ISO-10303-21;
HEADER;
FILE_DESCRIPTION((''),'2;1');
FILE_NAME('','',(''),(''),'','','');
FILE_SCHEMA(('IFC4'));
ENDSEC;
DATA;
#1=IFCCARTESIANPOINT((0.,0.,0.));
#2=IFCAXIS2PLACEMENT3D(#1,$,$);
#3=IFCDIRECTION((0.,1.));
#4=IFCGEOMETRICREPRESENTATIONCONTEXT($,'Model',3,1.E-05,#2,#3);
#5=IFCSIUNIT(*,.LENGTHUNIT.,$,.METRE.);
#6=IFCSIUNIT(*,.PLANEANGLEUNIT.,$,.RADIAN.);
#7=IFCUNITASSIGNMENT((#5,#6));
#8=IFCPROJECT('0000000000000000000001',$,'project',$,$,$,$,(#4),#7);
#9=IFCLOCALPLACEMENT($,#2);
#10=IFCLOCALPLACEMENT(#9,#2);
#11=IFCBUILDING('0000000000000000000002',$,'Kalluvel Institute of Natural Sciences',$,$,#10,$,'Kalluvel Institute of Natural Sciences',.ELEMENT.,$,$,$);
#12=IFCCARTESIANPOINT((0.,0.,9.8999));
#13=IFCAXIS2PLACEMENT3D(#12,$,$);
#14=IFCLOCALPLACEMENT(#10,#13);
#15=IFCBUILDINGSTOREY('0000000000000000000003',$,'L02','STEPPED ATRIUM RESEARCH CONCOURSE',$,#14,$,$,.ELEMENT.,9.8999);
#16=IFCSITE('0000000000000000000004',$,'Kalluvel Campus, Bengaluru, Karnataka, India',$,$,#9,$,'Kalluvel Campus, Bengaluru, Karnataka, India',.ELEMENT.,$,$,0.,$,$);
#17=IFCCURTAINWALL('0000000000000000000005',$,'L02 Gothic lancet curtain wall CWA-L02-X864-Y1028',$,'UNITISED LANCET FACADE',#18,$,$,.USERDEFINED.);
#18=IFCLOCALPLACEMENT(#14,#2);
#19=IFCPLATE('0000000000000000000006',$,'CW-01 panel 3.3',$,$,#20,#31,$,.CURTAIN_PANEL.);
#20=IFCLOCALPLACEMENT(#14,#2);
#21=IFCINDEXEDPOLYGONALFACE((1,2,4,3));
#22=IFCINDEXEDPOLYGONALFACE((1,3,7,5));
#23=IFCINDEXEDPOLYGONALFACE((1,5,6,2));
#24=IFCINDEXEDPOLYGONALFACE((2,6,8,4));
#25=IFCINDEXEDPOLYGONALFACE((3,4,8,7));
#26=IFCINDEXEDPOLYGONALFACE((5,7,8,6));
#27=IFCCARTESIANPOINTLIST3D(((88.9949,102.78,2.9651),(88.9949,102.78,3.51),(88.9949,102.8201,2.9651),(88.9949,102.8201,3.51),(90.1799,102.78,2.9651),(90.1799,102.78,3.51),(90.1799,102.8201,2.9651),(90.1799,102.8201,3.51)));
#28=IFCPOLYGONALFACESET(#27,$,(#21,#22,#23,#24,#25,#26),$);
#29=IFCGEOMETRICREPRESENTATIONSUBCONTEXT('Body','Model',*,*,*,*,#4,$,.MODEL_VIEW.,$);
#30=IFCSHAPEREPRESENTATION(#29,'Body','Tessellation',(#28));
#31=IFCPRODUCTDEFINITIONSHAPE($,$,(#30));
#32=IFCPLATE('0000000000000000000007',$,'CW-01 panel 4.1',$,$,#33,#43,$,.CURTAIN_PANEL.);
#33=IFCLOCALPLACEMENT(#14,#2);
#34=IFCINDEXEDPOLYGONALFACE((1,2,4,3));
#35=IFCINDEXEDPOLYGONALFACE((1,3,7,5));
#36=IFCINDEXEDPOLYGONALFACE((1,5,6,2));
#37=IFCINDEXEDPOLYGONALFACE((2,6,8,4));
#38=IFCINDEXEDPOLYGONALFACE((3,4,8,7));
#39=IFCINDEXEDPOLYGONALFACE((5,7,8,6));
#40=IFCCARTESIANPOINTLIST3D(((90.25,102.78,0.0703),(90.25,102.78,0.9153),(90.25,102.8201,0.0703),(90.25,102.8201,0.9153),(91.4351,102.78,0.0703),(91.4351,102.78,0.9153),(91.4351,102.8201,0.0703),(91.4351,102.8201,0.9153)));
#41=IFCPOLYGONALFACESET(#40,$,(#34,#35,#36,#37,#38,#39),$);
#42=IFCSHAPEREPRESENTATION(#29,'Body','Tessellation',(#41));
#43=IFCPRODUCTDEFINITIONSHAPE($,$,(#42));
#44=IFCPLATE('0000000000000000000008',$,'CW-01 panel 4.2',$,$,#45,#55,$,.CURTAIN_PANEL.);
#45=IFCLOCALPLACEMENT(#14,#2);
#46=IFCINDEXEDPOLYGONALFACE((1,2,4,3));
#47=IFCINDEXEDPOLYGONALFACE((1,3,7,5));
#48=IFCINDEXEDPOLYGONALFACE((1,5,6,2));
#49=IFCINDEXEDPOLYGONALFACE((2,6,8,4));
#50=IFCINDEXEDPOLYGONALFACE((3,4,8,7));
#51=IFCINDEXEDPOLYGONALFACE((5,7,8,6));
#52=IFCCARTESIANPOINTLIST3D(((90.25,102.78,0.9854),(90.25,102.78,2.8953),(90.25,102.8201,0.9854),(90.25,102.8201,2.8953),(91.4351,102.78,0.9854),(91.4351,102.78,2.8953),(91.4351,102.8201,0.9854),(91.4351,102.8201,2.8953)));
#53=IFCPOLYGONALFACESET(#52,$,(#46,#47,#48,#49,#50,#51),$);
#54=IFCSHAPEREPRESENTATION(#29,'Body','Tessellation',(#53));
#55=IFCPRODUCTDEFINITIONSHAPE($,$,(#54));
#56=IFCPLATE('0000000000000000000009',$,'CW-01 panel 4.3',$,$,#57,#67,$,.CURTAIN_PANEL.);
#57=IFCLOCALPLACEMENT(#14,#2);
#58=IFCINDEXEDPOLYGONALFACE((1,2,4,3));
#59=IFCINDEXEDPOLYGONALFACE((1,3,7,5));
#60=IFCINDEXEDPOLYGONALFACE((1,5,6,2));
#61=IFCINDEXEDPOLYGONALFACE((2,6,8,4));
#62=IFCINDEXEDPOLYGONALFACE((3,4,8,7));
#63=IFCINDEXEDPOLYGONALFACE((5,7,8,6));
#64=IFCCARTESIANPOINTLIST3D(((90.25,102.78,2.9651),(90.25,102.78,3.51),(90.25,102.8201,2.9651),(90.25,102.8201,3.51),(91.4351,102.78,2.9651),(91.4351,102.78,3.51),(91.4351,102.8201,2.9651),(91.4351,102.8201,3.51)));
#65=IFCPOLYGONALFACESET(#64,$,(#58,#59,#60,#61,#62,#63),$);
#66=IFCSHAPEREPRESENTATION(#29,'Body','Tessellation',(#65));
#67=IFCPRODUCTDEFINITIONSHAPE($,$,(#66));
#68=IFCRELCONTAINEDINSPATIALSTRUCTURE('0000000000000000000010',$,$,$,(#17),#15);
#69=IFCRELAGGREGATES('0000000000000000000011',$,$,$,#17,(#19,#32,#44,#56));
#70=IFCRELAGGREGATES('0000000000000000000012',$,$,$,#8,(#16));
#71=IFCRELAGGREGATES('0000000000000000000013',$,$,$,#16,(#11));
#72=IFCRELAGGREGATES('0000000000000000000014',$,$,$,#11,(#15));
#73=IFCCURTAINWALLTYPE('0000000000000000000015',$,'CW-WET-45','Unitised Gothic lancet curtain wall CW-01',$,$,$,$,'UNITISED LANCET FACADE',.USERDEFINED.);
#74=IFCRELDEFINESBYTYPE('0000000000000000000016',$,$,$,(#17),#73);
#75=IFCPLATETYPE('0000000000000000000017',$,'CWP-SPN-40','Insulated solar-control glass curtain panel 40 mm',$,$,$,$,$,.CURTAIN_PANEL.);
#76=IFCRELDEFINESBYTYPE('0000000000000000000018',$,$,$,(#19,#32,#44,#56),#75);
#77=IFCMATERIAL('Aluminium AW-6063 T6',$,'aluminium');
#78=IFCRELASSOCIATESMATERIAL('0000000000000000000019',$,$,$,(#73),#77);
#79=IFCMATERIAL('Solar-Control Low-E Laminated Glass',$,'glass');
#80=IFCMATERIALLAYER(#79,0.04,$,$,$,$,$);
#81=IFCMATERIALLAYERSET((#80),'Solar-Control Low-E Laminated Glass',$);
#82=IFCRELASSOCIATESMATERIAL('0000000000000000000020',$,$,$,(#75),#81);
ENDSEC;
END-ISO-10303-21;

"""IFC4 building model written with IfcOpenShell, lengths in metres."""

from ifc_helpers import new_model, si_unit, direction, frame, origin, origin_2d, place, context, subcontext, project, spatial, rectangle, extrude, material, layer, layer_set, type_object, element, aggregate, save


model = new_model("IFC4")

# Units and contexts
model_context = context("Model", 3, precision=1e-05, world=origin(), true_north=direction((0.0, 1.0)))
body_context = subcontext(model_context, "Body", "Model", "MODEL_VIEW")
ifc_project = project(units=[si_unit("LENGTHUNIT", "METRE"), si_unit("PLANEANGLEUNIT", "RADIAN")], contexts=[model_context])

# Site, building, storey
site_placement = place(None, origin())
site = spatial("IfcSite", under=ifc_project, at=site_placement, Name="Kalluvel Campus, Bengaluru, Karnataka, India", LongName="Kalluvel Campus, Bengaluru, Karnataka, India", CompositionType="ELEMENT", RefElevation=0.0)
building_placement = place(site_placement, origin())
building = spatial("IfcBuilding", under=site, at=building_placement, Name="Kalluvel Institute of Natural Sciences", LongName="Kalluvel Institute of Natural Sciences", CompositionType="ELEMENT")
storey_placement = place(building_placement, frame((0.0, 0.0, 9.8999)))
storey = spatial("IfcBuildingStorey", under=building, at=storey_placement, Name="L02", Description="STEPPED ATRIUM RESEARCH CONCOURSE", CompositionType="ELEMENT", Elevation=9.8999)

# Curtain wall, plates
ifc_material_1 = material(Name="Aluminium AW-6063 T6", Category="aluminium")
curtain_wall_type = type_object("IfcCurtainWallType", Name="CW-WET-45", Description="Unitised Gothic lancet curtain wall CW-01", ElementType="UNITISED LANCET FACADE", PredefinedType="USERDEFINED", material=ifc_material_1)
curtain_wall_placement = place(storey_placement, origin())
curtain_wall = element("IfcCurtainWall", 1, at=curtain_wall_placement, inside=storey, type_object=curtain_wall_type, Name="L02 Gothic lancet curtain wall CWA-L02-X864-Y1028", ObjectType="UNITISED LANCET FACADE", PredefinedType="USERDEFINED")
ifc_material_2 = material(Name="Solar-Control Low-E Laminated Glass", Category="glass")
ifc_layer = layer(ifc_material_2, 0.04)
ifc_layer_set = layer_set([ifc_layer], Name="Solar-Control Low-E Laminated Glass")
plate_type = type_object("IfcPlateType", Name="CWP-SPN-40", Description="Insulated solar-control glass curtain panel 40 mm", PredefinedType="CURTAIN_PANEL", material=ifc_layer_set)
plate_1_placement = place(storey_placement, frame((89.5874, 102.8, 2.9651), z_axis=(0.0, 0.0, 1.0), x_axis=(1.0, 0.0, 0.0)))
plate_1 = element("IfcPlate", 2, at=plate_1_placement, type_object=plate_type, Name="CW-01 panel 3.3", PredefinedType="CURTAIN_PANEL", context=body_context, shape_type="SweptSolid", body=[
    extrude(rectangle(XDim=1.1851, YDim=0.04, at=origin_2d()), origin(), (0.0, 0.0, 1.0), 0.5449),
])
plate_2_placement = place(storey_placement, frame((90.8425, 102.8, 0.0703), z_axis=(0.0, 0.0, 1.0), x_axis=(1.0, 0.0, 0.0)))
plate_2 = element("IfcPlate", 3, at=plate_2_placement, type_object=plate_type, Name="CW-01 panel 4.1", PredefinedType="CURTAIN_PANEL", context=body_context, shape_type="SweptSolid", body=[
    extrude(rectangle(XDim=1.1851, YDim=0.04, at=origin_2d()), origin(), (0.0, 0.0, 1.0), 0.845),
])
plate_3_placement = place(storey_placement, frame((90.8425, 102.8, 0.9854), z_axis=(0.0, 0.0, 1.0), x_axis=(1.0, 0.0, 0.0)))
plate_3 = element("IfcPlate", 4, at=plate_3_placement, type_object=plate_type, Name="CW-01 panel 4.2", PredefinedType="CURTAIN_PANEL", context=body_context, shape_type="SweptSolid", body=[
    extrude(rectangle(XDim=1.1851, YDim=0.04, at=origin_2d()), origin(), (0.0, 0.0, 1.0), 1.9099),
])
plate_4_placement = place(storey_placement, frame((90.8425, 102.8, 2.9651), z_axis=(0.0, 0.0, 1.0), x_axis=(1.0, 0.0, 0.0)))
plate_4 = element("IfcPlate", 5, at=plate_4_placement, type_object=plate_type, Name="CW-01 panel 4.3", PredefinedType="CURTAIN_PANEL", context=body_context, shape_type="SweptSolid", body=[
    extrude(rectangle(XDim=1.1851, YDim=0.04, at=origin_2d()), origin(), (0.0, 0.0, 1.0), 0.5449),
])
aggregate(curtain_wall, [plate_1, plate_2, plate_3, plate_4])

save(model, "model.ifc")
